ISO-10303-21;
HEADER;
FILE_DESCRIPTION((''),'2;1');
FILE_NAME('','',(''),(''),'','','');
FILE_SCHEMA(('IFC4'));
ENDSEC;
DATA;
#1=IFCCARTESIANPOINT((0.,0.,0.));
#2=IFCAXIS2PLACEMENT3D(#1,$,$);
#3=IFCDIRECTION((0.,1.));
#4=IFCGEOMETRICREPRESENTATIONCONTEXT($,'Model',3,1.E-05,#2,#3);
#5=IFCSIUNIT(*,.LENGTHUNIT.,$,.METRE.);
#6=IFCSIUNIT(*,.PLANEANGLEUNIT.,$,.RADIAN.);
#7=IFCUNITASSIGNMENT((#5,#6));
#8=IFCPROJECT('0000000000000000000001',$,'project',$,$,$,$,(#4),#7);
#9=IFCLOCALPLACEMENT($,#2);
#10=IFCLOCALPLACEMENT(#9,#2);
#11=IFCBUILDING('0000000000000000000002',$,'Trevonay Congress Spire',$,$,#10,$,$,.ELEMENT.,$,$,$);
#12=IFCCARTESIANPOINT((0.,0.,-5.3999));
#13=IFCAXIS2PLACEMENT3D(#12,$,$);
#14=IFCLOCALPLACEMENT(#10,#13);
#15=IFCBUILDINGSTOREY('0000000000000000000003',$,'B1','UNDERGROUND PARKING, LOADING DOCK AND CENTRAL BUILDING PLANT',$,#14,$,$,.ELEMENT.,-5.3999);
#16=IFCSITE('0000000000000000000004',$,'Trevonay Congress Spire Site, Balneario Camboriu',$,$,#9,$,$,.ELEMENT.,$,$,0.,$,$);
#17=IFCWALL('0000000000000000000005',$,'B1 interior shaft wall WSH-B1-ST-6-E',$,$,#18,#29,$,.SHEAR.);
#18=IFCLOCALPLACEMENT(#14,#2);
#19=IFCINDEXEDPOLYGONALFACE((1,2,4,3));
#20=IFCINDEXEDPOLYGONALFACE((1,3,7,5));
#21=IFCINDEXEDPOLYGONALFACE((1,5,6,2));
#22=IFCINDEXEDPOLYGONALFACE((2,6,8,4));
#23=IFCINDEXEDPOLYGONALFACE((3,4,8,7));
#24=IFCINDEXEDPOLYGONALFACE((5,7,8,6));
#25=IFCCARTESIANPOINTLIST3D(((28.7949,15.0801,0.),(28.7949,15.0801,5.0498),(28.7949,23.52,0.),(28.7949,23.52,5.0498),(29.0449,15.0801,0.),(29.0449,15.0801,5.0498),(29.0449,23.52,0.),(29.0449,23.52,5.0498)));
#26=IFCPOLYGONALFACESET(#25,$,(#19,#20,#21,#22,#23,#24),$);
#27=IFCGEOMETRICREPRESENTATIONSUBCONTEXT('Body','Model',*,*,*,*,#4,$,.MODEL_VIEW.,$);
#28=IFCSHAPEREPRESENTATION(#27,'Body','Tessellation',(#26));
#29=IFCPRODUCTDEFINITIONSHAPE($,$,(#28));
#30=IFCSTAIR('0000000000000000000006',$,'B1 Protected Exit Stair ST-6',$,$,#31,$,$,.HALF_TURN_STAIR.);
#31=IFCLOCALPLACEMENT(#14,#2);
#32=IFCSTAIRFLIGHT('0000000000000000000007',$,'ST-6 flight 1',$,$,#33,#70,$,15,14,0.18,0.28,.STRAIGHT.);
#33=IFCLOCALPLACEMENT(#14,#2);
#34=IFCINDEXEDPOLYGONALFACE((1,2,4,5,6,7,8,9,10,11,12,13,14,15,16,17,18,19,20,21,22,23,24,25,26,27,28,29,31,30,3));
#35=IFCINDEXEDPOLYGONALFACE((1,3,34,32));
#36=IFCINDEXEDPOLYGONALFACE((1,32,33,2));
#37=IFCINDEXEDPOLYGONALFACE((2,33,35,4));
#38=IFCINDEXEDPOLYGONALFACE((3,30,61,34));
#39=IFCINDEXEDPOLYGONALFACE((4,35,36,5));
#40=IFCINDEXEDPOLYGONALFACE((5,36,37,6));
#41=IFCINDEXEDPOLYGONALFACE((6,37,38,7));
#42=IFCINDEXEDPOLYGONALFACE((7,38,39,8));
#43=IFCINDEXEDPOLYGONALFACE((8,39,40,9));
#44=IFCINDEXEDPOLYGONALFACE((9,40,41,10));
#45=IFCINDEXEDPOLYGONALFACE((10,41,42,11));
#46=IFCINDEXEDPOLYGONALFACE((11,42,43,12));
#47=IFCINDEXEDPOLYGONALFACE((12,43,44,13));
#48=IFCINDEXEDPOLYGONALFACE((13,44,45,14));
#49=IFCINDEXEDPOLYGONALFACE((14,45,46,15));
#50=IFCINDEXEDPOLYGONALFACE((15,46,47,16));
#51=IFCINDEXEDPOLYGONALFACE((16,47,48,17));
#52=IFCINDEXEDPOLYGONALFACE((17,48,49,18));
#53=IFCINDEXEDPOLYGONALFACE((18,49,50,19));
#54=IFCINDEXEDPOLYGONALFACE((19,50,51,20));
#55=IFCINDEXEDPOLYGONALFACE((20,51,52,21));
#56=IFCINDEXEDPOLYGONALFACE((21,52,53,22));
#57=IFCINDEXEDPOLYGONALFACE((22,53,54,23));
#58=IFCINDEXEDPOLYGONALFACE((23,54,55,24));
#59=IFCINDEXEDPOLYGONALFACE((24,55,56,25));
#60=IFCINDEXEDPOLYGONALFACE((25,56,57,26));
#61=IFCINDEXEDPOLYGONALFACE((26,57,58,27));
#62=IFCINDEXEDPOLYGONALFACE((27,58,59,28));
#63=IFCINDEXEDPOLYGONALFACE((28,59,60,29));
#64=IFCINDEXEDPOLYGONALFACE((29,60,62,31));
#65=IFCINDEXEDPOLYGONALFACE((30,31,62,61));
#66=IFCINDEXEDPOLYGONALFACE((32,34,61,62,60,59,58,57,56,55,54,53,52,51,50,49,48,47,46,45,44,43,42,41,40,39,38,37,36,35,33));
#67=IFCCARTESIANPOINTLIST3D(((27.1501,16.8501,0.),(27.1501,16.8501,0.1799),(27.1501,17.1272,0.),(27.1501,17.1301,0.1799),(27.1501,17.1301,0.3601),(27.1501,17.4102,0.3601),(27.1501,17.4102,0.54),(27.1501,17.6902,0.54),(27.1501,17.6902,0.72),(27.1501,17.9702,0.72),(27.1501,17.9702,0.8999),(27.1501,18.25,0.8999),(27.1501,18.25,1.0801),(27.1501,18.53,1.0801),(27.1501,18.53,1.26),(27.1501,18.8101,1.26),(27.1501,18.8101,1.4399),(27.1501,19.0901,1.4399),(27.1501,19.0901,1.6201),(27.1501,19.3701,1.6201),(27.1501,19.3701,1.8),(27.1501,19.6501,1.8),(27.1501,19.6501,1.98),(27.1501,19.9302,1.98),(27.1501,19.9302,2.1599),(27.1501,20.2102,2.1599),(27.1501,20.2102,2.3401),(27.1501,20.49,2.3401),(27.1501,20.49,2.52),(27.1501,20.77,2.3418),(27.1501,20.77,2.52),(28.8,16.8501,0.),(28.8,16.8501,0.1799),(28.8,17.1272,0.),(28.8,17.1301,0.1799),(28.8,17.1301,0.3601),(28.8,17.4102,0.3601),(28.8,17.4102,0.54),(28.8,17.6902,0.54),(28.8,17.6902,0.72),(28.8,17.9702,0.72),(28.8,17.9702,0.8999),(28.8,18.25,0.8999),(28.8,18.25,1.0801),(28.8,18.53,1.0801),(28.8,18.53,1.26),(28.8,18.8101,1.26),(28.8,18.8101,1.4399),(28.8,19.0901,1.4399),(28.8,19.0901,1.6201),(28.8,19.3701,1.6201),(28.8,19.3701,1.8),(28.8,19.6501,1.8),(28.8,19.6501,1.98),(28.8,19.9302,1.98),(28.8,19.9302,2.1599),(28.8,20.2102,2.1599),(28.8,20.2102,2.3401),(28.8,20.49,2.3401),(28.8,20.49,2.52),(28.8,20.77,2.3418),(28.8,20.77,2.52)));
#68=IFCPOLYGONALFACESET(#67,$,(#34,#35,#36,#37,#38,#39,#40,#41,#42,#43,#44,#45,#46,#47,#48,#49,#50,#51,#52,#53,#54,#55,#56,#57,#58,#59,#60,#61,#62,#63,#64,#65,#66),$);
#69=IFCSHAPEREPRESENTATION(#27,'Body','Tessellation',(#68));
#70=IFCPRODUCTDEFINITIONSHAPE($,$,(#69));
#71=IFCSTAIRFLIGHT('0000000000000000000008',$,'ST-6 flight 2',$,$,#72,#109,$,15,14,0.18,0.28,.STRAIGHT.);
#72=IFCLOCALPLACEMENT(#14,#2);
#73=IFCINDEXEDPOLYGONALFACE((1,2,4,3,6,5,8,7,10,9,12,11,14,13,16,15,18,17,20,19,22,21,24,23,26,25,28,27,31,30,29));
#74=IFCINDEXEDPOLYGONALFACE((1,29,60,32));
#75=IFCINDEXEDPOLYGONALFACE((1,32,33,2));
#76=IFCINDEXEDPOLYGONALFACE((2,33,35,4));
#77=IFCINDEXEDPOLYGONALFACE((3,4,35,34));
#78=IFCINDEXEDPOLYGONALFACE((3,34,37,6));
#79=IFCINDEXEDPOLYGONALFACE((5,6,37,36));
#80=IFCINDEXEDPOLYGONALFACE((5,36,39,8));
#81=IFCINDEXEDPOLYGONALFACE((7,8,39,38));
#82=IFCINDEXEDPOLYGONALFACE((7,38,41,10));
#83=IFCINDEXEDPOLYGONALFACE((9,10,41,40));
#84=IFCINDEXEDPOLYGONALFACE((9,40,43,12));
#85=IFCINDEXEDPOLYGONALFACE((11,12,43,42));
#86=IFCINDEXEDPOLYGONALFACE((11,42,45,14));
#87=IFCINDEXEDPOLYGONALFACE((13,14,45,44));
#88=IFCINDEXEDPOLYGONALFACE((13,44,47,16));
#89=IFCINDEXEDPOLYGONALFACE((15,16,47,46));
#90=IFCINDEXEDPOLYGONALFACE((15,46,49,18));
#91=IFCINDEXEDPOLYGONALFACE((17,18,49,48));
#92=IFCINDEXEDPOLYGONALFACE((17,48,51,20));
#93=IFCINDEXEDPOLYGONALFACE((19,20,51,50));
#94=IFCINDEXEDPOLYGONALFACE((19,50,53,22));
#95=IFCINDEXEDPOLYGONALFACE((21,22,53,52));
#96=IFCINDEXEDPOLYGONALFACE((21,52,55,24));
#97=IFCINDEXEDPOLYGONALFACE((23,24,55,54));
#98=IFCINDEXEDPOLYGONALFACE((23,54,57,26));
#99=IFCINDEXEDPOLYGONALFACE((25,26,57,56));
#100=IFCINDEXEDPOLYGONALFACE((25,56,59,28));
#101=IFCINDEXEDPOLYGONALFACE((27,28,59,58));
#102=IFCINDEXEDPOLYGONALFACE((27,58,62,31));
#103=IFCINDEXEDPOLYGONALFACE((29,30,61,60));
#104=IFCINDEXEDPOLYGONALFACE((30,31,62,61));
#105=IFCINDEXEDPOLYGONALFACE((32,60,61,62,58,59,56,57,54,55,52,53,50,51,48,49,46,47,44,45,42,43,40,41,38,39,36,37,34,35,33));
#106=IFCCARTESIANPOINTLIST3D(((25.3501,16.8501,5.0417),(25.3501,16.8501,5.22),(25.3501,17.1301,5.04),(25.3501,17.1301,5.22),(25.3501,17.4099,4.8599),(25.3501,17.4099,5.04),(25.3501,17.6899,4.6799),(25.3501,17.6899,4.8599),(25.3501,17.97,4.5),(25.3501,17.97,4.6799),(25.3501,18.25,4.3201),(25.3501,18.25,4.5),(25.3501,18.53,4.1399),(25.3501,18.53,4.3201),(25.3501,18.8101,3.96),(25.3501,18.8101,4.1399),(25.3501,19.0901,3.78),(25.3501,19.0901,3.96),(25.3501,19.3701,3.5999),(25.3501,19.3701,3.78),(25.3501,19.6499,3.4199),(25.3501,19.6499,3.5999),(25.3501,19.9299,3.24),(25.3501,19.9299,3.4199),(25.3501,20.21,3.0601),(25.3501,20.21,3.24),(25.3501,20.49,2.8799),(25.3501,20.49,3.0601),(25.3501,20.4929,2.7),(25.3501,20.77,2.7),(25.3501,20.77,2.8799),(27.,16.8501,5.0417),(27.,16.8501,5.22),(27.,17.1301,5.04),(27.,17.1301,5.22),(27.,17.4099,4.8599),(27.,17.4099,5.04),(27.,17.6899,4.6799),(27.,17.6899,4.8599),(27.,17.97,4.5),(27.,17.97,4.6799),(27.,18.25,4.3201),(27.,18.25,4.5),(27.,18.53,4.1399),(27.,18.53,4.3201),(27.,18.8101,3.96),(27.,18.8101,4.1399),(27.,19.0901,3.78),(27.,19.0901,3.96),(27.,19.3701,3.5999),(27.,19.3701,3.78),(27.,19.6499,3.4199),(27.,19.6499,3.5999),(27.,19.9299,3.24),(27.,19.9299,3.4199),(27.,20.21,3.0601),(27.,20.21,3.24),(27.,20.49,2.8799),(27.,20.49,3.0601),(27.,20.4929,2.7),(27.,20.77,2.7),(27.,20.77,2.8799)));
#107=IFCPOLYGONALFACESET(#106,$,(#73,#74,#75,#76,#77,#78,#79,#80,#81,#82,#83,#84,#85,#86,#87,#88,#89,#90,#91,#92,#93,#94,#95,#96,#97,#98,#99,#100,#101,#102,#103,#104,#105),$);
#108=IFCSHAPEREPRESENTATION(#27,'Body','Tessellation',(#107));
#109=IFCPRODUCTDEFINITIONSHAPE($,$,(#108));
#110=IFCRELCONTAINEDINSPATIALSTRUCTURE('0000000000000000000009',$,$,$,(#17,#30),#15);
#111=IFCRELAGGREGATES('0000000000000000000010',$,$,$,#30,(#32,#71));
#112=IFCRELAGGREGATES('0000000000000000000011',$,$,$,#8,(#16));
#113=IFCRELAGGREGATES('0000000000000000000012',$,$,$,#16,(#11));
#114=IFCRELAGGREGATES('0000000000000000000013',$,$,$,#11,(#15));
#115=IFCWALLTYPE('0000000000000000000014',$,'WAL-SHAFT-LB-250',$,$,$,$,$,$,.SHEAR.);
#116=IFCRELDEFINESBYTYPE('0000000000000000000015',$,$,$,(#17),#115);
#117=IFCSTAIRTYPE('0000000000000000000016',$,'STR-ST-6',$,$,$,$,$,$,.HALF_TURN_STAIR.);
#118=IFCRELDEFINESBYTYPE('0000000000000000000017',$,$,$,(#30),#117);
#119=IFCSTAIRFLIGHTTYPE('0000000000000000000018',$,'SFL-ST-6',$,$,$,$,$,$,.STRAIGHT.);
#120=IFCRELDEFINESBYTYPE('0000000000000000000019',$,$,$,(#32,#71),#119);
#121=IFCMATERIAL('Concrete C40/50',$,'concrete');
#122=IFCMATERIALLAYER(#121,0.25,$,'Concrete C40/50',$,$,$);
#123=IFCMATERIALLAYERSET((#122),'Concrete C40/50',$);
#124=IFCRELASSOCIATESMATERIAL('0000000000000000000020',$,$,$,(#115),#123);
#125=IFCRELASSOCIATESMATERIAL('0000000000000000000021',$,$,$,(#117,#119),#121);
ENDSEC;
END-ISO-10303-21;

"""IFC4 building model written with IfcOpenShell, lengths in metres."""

from ifc_helpers import new_model, si_unit, direction, frame, frame_2d, origin, place, context, subcontext, project, spatial, polyline, rectangle, outline, extrude, material, layer, layer_set, type_object, element, aggregate, save


model = new_model("IFC4")

# Units and contexts
model_context = context("Model", 3, precision=1e-05, world=origin(), true_north=direction((0.0, 1.0)))
body_context = subcontext(model_context, "Body", "Model", "MODEL_VIEW")
ifc_project = project(units=[si_unit("LENGTHUNIT", "METRE"), si_unit("PLANEANGLEUNIT", "RADIAN")], contexts=[model_context])

# Site, building, storey
site_placement = place(None, origin())
site = spatial("IfcSite", under=ifc_project, at=site_placement, Name="Trevonay Congress Spire Site, Balneario Camboriu", CompositionType="ELEMENT", RefElevation=0.0)
building_placement = place(site_placement, origin())
building = spatial("IfcBuilding", under=site, at=building_placement, Name="Trevonay Congress Spire", CompositionType="ELEMENT")
storey_placement = place(building_placement, frame((0.0, 0.0, -5.3999)))
storey = spatial("IfcBuildingStorey", under=building, at=storey_placement, Name="B1", Description="UNDERGROUND PARKING, LOADING DOCK AND CENTRAL BUILDING PLANT", CompositionType="ELEMENT", Elevation=-5.3999)

# Wall
ifc_material_1 = material(Name="Concrete C40/50", Category="concrete")
ifc_layer_1 = layer(ifc_material_1, 0.25, Name="Concrete C40/50")
ifc_layer_set_1 = layer_set([ifc_layer_1], Name="Concrete C40/50")
wall_type_1 = type_object("IfcWallType", Name="WAL-SHAFT-LB-250", PredefinedType="SHEAR", material=ifc_layer_set_1)
wall_1_placement = place(storey_placement, frame((28.9199, 15.0801, 0.0), z_axis=(0.0, 0.0, 1.0), x_axis=(0.0, 1.0, 0.0)))
element("IfcWall", 1, at=wall_1_placement, inside=storey, type_object=wall_type_1, Name="B1 interior shaft wall WSH-B1-ST-6-E", PredefinedType="SHEAR", context=body_context, shape_type="SweptSolid", body=[
    extrude(rectangle(XDim=8.4399, YDim=0.25, at=frame_2d((4.22, 0.0))), origin(), (0.0, 0.0, 1.0), 5.0498),
])

# Stair, stair flights
stair_type = type_object("IfcStairType", Name="STR-ST-6", PredefinedType="HALF_TURN_STAIR", material=ifc_material_1)
stair_placement = place(storey_placement, origin())
stair = element("IfcStair", 2, at=stair_placement, inside=storey, type_object=stair_type, Name="B1 Protected Exit Stair ST-6", PredefinedType="HALF_TURN_STAIR")
stair_flight_type = type_object("IfcStairFlightType", Name="SFL-ST-6", PredefinedType="STRAIGHT", material=ifc_material_1)
stair_flight_1_placement = place(storey_placement, frame((27.9751, 16.8501, 0.0), z_axis=(0.0, 0.0, 1.0), x_axis=(0.0, 1.0, 0.0)))
stair_flight_1 = element("IfcStairFlight", 3, at=stair_flight_1_placement, type_object=stair_flight_type, Name="ST-6 flight 1", NumberOfRisers=15, NumberOfTreads=14, PredefinedType="STRAIGHT", RiserHeight=0.18, TreadLength=0.28, context=body_context, shape_type="SweptSolid", body=[
    extrude(outline(polyline([(0.0, 0.0), (0.0, 0.1799), (0.28, 0.1799), (0.28, 0.3601), (0.5601, 0.3601), (0.5601, 0.54), (0.8401, 0.54), (0.8401, 0.72), (1.1201, 0.72), (1.1201, 0.8999), (1.3999, 0.8999), (1.3999, 1.0801), (1.6799, 1.0801), (1.6799, 1.26), (1.96, 1.26), (1.96, 1.4399), (2.24, 1.4399), (2.24, 1.6201), (2.52, 1.6201), (2.52, 1.8), (2.8, 1.8), (2.8, 1.98), (3.0801, 1.98), (3.0801, 2.1599), (3.3601, 2.1599), (3.3601, 2.3401), (3.6399, 2.3401), (3.6399, 2.52), (3.9199, 2.52), (3.9199, 2.7), (3.9199, 2.3418), (0.2771, 0.0), (0.0, 0.0)])), frame((0.0, 0.825, 0.0), z_axis=(0.0, -1.0, 0.0), x_axis=(1.0, 0.0, 0.0)), (0.0, 0.0, 1.0), 1.6499),
])
stair_flight_2_placement = place(storey_placement, frame((26.175, 20.77, 2.7), z_axis=(0.0, 0.0, 1.0), x_axis=(0.0, -1.0, 0.0)))
stair_flight_2 = element("IfcStairFlight", 4, at=stair_flight_2_placement, type_object=stair_flight_type, Name="ST-6 flight 2", NumberOfRisers=15, NumberOfTreads=14, PredefinedType="STRAIGHT", RiserHeight=0.18, TreadLength=0.28, context=body_context, shape_type="SweptSolid", body=[
    extrude(outline(polyline([(0.0, 0.0), (0.0, 0.1799), (0.28, 0.1799), (0.28, 0.3601), (0.5601, 0.3601), (0.5601, 0.54), (0.8401, 0.54), (0.8401, 0.72), (1.1201, 0.72), (1.1201, 0.8999), (1.3999, 0.8999), (1.3999, 1.0801), (1.6799, 1.0801), (1.6799, 1.26), (1.96, 1.26), (1.96, 1.4399), (2.24, 1.4399), (2.24, 1.6201), (2.52, 1.6201), (2.52, 1.8), (2.8, 1.8), (2.8, 1.98), (3.0801, 1.98), (3.0801, 2.1599), (3.3601, 2.1599), (3.3601, 2.3401), (3.6399, 2.3401), (3.6399, 2.52), (3.9199, 2.52), (3.9199, 2.7), (3.9199, 2.3418), (0.2771, 0.0), (0.0, 0.0)])), frame((0.0, 0.825, 0.0), z_axis=(0.0, -1.0, 0.0), x_axis=(1.0, 0.0, 0.0)), (0.0, 0.0, 1.0), 1.6499),
])
aggregate(stair, [stair_flight_1, stair_flight_2])

save(model, "model.ifc")
